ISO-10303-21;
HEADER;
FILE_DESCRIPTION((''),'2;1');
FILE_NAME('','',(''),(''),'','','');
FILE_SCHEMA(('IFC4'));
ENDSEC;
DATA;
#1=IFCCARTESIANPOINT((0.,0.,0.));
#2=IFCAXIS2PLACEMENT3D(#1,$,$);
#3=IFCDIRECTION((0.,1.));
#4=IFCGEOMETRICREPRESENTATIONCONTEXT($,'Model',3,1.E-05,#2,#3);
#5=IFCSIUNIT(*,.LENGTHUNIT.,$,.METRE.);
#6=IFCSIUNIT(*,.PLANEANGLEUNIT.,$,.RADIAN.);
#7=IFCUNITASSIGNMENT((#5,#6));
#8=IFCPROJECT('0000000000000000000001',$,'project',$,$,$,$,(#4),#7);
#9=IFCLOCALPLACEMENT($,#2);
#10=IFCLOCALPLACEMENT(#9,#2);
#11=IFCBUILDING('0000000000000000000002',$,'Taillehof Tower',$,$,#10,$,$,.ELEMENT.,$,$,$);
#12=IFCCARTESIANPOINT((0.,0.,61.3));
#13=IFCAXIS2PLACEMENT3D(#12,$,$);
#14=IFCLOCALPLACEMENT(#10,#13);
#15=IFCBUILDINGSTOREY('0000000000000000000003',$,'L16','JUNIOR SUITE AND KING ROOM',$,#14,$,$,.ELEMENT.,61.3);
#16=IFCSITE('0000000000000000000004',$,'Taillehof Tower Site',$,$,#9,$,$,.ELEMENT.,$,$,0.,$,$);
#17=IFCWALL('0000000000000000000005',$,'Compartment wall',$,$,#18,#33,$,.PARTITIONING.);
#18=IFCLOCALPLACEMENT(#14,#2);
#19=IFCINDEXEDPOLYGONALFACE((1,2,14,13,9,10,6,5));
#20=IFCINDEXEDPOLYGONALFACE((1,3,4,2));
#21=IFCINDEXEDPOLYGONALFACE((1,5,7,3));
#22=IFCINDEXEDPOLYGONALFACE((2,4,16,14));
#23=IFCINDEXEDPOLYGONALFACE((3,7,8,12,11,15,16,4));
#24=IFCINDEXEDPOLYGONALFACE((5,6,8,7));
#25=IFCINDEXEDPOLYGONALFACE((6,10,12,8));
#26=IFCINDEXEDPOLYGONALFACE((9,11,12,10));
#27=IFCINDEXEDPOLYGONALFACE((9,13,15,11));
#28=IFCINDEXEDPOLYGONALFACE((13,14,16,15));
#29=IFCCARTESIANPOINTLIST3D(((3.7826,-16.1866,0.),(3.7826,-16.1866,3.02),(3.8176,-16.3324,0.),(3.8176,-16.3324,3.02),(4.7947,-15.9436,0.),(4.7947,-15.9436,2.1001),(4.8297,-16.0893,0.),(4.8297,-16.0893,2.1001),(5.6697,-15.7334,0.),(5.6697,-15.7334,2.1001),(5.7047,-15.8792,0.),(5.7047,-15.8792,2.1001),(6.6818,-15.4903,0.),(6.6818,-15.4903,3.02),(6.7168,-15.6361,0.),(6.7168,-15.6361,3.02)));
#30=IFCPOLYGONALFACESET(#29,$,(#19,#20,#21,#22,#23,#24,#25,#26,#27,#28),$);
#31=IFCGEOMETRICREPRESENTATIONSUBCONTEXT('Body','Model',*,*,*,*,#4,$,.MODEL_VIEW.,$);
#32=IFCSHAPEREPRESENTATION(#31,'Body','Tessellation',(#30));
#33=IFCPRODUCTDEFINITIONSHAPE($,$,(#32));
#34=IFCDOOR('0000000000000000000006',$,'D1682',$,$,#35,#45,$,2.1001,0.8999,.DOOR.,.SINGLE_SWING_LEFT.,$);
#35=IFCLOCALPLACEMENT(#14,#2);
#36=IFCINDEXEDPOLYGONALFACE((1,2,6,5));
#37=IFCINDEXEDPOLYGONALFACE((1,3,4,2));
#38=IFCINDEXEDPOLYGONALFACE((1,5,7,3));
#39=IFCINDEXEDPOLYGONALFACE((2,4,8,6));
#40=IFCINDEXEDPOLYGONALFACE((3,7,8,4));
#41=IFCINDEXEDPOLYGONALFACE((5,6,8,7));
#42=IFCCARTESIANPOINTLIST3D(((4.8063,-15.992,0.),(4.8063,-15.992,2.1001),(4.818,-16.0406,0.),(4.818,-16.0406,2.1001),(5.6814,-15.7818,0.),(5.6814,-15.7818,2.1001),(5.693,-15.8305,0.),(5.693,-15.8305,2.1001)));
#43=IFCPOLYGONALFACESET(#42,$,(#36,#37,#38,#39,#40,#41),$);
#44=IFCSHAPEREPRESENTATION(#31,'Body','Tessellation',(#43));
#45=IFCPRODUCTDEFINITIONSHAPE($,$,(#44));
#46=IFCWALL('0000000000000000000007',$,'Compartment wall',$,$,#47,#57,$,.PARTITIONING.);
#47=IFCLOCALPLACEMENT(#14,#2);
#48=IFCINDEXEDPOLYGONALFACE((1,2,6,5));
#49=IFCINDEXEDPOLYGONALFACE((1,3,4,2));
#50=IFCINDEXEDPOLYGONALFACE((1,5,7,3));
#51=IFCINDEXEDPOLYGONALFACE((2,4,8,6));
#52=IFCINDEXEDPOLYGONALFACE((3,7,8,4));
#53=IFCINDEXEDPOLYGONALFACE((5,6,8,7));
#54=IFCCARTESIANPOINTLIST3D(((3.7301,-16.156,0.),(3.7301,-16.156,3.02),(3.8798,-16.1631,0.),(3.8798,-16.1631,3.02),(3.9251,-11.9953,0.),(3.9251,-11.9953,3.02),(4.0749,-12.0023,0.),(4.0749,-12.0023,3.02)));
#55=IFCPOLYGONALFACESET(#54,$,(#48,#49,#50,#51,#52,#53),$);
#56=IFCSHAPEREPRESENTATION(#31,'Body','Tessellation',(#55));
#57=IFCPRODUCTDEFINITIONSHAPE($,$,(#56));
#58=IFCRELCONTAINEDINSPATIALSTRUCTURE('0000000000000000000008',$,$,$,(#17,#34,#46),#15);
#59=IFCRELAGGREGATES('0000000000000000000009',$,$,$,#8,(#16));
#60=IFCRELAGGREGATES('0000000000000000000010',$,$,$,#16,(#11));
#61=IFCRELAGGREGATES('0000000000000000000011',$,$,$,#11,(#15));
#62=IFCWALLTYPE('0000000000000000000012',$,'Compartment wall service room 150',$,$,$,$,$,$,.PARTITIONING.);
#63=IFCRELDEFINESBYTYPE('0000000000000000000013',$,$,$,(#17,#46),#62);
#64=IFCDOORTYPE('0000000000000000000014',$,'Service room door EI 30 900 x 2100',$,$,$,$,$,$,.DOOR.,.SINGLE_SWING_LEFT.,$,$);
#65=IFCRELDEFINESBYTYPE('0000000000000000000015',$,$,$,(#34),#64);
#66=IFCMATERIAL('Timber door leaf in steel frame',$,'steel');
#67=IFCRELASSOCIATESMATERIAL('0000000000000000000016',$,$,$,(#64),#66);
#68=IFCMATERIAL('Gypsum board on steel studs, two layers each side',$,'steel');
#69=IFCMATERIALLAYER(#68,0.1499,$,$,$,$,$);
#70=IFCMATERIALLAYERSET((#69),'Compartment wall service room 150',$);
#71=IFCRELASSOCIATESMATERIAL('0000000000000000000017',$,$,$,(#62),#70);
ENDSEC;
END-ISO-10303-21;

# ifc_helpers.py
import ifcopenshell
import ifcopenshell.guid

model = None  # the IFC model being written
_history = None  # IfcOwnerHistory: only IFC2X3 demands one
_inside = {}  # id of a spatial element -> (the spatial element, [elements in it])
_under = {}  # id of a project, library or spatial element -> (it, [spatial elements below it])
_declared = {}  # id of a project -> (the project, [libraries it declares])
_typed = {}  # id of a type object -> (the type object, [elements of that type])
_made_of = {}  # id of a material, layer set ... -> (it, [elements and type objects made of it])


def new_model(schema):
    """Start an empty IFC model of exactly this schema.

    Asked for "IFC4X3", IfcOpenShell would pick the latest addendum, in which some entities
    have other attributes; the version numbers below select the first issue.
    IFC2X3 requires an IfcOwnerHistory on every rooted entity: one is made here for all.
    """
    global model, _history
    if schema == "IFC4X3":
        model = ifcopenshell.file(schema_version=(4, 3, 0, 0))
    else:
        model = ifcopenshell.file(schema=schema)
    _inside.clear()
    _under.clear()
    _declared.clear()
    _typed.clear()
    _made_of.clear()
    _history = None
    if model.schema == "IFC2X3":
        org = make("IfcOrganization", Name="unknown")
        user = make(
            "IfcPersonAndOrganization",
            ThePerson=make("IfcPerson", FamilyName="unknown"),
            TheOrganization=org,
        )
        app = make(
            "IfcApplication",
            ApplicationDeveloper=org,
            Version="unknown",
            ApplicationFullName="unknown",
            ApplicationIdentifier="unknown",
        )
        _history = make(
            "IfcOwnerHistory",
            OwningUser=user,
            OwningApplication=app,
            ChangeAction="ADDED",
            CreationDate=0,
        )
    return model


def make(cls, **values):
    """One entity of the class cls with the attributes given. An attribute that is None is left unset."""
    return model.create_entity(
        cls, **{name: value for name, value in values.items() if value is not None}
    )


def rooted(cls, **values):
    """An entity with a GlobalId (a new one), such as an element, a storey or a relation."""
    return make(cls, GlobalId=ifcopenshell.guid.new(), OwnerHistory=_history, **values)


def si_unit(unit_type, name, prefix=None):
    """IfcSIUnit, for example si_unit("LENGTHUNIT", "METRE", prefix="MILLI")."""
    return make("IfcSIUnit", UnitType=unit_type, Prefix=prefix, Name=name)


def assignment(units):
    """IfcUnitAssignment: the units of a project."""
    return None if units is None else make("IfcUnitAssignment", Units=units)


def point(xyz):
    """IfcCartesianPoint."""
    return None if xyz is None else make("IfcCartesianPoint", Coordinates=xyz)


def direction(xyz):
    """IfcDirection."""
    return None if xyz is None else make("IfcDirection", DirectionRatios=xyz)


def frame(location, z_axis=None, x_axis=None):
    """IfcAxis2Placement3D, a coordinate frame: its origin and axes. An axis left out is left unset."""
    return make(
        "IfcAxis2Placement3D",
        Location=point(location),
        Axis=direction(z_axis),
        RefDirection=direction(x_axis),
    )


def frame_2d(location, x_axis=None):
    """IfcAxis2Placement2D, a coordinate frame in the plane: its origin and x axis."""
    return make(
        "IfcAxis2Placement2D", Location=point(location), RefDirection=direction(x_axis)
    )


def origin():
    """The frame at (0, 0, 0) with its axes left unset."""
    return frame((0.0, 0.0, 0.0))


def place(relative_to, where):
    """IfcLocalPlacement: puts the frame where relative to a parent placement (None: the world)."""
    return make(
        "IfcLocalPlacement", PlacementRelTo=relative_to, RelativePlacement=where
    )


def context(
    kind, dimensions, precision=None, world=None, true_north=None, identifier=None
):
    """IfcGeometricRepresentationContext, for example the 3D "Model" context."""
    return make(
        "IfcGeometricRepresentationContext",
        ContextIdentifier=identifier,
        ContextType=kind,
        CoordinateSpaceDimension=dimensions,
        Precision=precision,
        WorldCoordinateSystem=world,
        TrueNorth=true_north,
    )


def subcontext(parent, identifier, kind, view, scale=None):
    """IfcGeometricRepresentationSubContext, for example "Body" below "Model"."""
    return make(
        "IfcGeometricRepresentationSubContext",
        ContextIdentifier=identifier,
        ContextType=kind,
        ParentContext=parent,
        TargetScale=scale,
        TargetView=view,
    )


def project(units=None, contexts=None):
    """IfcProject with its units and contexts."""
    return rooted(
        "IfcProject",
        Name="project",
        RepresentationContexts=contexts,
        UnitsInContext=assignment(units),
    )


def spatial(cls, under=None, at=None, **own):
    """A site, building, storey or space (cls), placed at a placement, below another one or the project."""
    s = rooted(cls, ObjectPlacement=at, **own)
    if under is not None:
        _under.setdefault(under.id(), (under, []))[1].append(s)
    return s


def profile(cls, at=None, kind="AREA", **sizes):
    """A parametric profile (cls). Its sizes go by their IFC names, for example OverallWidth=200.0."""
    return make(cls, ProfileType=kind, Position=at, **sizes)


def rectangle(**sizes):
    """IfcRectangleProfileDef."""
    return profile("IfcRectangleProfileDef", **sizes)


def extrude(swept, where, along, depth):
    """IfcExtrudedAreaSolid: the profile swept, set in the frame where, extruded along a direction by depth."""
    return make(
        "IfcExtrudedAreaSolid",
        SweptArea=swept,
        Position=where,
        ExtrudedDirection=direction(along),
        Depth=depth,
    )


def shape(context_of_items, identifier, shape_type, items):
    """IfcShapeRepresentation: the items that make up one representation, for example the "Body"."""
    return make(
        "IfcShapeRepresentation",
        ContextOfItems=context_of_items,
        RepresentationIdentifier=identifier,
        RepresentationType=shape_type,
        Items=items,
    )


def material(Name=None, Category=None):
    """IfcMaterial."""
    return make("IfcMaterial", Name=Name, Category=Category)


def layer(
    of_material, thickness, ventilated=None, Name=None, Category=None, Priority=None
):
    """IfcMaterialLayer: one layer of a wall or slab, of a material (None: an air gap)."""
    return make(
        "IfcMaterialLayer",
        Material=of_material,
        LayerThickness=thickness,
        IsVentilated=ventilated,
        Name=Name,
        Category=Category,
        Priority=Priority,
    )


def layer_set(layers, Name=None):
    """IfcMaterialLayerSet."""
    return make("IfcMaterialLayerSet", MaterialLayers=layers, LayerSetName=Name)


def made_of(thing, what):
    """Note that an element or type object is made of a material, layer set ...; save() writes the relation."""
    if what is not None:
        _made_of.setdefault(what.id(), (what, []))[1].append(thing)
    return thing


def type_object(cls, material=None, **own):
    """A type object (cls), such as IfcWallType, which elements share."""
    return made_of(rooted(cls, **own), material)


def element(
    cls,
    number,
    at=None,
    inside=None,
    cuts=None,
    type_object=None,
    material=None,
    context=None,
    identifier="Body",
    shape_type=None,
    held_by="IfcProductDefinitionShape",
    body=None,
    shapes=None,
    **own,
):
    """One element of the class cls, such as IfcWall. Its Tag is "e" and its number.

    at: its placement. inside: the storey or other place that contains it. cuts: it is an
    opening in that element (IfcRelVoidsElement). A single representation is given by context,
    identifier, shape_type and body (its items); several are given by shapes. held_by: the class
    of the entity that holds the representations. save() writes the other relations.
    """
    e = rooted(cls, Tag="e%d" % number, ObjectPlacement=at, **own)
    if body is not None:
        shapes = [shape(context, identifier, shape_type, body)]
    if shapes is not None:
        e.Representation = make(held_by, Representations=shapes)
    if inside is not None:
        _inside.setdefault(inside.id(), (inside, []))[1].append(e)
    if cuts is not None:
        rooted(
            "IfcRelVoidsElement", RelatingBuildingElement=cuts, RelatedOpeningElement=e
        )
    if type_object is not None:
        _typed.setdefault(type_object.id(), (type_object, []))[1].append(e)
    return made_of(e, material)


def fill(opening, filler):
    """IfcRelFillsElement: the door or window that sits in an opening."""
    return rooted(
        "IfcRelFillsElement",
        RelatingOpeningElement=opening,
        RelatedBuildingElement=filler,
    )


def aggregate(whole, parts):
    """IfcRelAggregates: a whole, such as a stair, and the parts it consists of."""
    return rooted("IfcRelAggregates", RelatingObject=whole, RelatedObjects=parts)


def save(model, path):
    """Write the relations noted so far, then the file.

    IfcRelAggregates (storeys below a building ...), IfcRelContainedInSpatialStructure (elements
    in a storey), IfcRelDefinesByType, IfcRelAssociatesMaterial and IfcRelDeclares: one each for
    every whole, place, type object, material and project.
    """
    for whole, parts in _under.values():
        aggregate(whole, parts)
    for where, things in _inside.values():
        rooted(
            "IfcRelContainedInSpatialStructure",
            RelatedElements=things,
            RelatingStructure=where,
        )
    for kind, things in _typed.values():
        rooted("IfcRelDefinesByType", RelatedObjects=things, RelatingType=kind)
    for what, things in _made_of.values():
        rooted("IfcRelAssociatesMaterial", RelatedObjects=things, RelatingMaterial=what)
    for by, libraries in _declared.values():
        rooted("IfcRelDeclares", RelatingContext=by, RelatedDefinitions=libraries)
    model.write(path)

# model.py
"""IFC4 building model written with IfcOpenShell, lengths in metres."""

from ifc_helpers import new_model, si_unit, direction, frame, frame_2d, origin, place, context, subcontext, project, spatial, rectangle, extrude, material, layer, layer_set, type_object, element, fill, save


model = new_model("IFC4")

# Units and contexts
model_context = context("Model", 3, precision=1e-05, world=origin(), true_north=direction((0.0, 1.0)))
body_context = subcontext(model_context, "Body", "Model", "MODEL_VIEW")
ifc_project = project(units=[si_unit("LENGTHUNIT", "METRE"), si_unit("PLANEANGLEUNIT", "RADIAN")], contexts=[model_context])

# Site, building, storey
site_placement = place(None, origin())
site = spatial("IfcSite", under=ifc_project, at=site_placement, Name="Taillehof Tower Site", CompositionType="ELEMENT", RefElevation=0.0)
building_placement = place(site_placement, origin())
building = spatial("IfcBuilding", under=site, at=building_placement, Name="Taillehof Tower", CompositionType="ELEMENT")
storey_placement = place(building_placement, frame((0.0, 0.0, 61.3)))
storey = spatial("IfcBuildingStorey", under=building, at=storey_placement, Name="L16", Description="JUNIOR SUITE AND KING ROOM", CompositionType="ELEMENT", Elevation=61.3)

# Shared definitions
ifc_material_1 = material(Name="Timber door leaf in steel frame", Category="steel")
door_type_1 = type_object("IfcDoorType", Name="Service room door EI 30 900 x 2100", OperationType="SINGLE_SWING_LEFT", PredefinedType="DOOR", material=ifc_material_1)

# Shared definitions
ifc_material_2 = material(Name="Gypsum board on steel studs, two layers each side", Category="steel")
ifc_layer_1 = layer(ifc_material_2, 0.1499)
ifc_layer_set_1 = layer_set([ifc_layer_1], Name="Compartment wall service room 150")
wall_type_1 = type_object("IfcWallType", Name="Compartment wall service room 150", PredefinedType="PARTITIONING", material=ifc_layer_set_1)

# Wall, opening, door
wall_1_placement = place(storey_placement, frame((6.6992, -15.5632, 0.0), z_axis=(0.0, 0.0, 1.0), x_axis=(-0.97235, -0.233528, 0.0)))
wall_1 = element("IfcWall", 1, at=wall_1_placement, inside=storey, type_object=wall_type_1, Name="Compartment wall", PredefinedType="PARTITIONING", context=body_context, shape_type="SweptSolid", body=[
    extrude(rectangle(XDim=2.9817, YDim=0.1499, at=frame_2d((1.4907, 0.0))), origin(), (0.0, 0.0, 1.0), 3.02),
])
opening_1_placement = place(wall_1_placement, frame((1.0408, 0.0, 0.0)))
opening_1 = element("IfcOpeningElement", 2, at=opening_1_placement, cuts=wall_1, PredefinedType="OPENING", context=body_context, shape_type="SweptSolid", body=[
    extrude(rectangle(XDim=0.8999, YDim=2.1001, at=frame_2d((0.45, 1.05))), frame((0.0, 0.085, 0.0), z_axis=(0.0, -1.0, 0.0), x_axis=(1.0, 0.0, 0.0)), (0.0, 0.0, 1.0), 0.1699),
])
door_1_placement = place(opening_1_placement, origin())
door_1 = element("IfcDoor", 3, at=door_1_placement, inside=storey, type_object=door_type_1, Name="D1682", OperationType="SINGLE_SWING_LEFT", OverallHeight=2.1001, OverallWidth=0.8999, PredefinedType="DOOR", context=body_context, shape_type="SweptSolid", body=[
    extrude(rectangle(XDim=0.8999, YDim=2.1001, at=frame_2d((0.45, 1.05))), frame((0.0, 0.0249, 0.0), z_axis=(0.0, -1.0, 0.0), x_axis=(1.0, 0.0, 0.0)), (0.0, 0.0, 1.0), 0.05),
])
fill(opening_1, door_1)

# Wall
wall_2_placement = place(storey_placement, frame((3.8049, -16.1594, 0.0), z_axis=(0.0, 0.0, 1.0), x_axis=(0.046833, 0.998903, 0.0)))
element("IfcWall", 4, at=wall_2_placement, inside=storey, type_object=wall_type_1, Name="Compartment wall", PredefinedType="PARTITIONING", context=body_context, shape_type="SweptSolid", body=[
    extrude(rectangle(XDim=4.1653, YDim=0.1499, at=frame_2d((2.0825, 0.0))), origin(), (0.0, 0.0, 1.0), 3.02),
])

save(model, "model.ifc")
